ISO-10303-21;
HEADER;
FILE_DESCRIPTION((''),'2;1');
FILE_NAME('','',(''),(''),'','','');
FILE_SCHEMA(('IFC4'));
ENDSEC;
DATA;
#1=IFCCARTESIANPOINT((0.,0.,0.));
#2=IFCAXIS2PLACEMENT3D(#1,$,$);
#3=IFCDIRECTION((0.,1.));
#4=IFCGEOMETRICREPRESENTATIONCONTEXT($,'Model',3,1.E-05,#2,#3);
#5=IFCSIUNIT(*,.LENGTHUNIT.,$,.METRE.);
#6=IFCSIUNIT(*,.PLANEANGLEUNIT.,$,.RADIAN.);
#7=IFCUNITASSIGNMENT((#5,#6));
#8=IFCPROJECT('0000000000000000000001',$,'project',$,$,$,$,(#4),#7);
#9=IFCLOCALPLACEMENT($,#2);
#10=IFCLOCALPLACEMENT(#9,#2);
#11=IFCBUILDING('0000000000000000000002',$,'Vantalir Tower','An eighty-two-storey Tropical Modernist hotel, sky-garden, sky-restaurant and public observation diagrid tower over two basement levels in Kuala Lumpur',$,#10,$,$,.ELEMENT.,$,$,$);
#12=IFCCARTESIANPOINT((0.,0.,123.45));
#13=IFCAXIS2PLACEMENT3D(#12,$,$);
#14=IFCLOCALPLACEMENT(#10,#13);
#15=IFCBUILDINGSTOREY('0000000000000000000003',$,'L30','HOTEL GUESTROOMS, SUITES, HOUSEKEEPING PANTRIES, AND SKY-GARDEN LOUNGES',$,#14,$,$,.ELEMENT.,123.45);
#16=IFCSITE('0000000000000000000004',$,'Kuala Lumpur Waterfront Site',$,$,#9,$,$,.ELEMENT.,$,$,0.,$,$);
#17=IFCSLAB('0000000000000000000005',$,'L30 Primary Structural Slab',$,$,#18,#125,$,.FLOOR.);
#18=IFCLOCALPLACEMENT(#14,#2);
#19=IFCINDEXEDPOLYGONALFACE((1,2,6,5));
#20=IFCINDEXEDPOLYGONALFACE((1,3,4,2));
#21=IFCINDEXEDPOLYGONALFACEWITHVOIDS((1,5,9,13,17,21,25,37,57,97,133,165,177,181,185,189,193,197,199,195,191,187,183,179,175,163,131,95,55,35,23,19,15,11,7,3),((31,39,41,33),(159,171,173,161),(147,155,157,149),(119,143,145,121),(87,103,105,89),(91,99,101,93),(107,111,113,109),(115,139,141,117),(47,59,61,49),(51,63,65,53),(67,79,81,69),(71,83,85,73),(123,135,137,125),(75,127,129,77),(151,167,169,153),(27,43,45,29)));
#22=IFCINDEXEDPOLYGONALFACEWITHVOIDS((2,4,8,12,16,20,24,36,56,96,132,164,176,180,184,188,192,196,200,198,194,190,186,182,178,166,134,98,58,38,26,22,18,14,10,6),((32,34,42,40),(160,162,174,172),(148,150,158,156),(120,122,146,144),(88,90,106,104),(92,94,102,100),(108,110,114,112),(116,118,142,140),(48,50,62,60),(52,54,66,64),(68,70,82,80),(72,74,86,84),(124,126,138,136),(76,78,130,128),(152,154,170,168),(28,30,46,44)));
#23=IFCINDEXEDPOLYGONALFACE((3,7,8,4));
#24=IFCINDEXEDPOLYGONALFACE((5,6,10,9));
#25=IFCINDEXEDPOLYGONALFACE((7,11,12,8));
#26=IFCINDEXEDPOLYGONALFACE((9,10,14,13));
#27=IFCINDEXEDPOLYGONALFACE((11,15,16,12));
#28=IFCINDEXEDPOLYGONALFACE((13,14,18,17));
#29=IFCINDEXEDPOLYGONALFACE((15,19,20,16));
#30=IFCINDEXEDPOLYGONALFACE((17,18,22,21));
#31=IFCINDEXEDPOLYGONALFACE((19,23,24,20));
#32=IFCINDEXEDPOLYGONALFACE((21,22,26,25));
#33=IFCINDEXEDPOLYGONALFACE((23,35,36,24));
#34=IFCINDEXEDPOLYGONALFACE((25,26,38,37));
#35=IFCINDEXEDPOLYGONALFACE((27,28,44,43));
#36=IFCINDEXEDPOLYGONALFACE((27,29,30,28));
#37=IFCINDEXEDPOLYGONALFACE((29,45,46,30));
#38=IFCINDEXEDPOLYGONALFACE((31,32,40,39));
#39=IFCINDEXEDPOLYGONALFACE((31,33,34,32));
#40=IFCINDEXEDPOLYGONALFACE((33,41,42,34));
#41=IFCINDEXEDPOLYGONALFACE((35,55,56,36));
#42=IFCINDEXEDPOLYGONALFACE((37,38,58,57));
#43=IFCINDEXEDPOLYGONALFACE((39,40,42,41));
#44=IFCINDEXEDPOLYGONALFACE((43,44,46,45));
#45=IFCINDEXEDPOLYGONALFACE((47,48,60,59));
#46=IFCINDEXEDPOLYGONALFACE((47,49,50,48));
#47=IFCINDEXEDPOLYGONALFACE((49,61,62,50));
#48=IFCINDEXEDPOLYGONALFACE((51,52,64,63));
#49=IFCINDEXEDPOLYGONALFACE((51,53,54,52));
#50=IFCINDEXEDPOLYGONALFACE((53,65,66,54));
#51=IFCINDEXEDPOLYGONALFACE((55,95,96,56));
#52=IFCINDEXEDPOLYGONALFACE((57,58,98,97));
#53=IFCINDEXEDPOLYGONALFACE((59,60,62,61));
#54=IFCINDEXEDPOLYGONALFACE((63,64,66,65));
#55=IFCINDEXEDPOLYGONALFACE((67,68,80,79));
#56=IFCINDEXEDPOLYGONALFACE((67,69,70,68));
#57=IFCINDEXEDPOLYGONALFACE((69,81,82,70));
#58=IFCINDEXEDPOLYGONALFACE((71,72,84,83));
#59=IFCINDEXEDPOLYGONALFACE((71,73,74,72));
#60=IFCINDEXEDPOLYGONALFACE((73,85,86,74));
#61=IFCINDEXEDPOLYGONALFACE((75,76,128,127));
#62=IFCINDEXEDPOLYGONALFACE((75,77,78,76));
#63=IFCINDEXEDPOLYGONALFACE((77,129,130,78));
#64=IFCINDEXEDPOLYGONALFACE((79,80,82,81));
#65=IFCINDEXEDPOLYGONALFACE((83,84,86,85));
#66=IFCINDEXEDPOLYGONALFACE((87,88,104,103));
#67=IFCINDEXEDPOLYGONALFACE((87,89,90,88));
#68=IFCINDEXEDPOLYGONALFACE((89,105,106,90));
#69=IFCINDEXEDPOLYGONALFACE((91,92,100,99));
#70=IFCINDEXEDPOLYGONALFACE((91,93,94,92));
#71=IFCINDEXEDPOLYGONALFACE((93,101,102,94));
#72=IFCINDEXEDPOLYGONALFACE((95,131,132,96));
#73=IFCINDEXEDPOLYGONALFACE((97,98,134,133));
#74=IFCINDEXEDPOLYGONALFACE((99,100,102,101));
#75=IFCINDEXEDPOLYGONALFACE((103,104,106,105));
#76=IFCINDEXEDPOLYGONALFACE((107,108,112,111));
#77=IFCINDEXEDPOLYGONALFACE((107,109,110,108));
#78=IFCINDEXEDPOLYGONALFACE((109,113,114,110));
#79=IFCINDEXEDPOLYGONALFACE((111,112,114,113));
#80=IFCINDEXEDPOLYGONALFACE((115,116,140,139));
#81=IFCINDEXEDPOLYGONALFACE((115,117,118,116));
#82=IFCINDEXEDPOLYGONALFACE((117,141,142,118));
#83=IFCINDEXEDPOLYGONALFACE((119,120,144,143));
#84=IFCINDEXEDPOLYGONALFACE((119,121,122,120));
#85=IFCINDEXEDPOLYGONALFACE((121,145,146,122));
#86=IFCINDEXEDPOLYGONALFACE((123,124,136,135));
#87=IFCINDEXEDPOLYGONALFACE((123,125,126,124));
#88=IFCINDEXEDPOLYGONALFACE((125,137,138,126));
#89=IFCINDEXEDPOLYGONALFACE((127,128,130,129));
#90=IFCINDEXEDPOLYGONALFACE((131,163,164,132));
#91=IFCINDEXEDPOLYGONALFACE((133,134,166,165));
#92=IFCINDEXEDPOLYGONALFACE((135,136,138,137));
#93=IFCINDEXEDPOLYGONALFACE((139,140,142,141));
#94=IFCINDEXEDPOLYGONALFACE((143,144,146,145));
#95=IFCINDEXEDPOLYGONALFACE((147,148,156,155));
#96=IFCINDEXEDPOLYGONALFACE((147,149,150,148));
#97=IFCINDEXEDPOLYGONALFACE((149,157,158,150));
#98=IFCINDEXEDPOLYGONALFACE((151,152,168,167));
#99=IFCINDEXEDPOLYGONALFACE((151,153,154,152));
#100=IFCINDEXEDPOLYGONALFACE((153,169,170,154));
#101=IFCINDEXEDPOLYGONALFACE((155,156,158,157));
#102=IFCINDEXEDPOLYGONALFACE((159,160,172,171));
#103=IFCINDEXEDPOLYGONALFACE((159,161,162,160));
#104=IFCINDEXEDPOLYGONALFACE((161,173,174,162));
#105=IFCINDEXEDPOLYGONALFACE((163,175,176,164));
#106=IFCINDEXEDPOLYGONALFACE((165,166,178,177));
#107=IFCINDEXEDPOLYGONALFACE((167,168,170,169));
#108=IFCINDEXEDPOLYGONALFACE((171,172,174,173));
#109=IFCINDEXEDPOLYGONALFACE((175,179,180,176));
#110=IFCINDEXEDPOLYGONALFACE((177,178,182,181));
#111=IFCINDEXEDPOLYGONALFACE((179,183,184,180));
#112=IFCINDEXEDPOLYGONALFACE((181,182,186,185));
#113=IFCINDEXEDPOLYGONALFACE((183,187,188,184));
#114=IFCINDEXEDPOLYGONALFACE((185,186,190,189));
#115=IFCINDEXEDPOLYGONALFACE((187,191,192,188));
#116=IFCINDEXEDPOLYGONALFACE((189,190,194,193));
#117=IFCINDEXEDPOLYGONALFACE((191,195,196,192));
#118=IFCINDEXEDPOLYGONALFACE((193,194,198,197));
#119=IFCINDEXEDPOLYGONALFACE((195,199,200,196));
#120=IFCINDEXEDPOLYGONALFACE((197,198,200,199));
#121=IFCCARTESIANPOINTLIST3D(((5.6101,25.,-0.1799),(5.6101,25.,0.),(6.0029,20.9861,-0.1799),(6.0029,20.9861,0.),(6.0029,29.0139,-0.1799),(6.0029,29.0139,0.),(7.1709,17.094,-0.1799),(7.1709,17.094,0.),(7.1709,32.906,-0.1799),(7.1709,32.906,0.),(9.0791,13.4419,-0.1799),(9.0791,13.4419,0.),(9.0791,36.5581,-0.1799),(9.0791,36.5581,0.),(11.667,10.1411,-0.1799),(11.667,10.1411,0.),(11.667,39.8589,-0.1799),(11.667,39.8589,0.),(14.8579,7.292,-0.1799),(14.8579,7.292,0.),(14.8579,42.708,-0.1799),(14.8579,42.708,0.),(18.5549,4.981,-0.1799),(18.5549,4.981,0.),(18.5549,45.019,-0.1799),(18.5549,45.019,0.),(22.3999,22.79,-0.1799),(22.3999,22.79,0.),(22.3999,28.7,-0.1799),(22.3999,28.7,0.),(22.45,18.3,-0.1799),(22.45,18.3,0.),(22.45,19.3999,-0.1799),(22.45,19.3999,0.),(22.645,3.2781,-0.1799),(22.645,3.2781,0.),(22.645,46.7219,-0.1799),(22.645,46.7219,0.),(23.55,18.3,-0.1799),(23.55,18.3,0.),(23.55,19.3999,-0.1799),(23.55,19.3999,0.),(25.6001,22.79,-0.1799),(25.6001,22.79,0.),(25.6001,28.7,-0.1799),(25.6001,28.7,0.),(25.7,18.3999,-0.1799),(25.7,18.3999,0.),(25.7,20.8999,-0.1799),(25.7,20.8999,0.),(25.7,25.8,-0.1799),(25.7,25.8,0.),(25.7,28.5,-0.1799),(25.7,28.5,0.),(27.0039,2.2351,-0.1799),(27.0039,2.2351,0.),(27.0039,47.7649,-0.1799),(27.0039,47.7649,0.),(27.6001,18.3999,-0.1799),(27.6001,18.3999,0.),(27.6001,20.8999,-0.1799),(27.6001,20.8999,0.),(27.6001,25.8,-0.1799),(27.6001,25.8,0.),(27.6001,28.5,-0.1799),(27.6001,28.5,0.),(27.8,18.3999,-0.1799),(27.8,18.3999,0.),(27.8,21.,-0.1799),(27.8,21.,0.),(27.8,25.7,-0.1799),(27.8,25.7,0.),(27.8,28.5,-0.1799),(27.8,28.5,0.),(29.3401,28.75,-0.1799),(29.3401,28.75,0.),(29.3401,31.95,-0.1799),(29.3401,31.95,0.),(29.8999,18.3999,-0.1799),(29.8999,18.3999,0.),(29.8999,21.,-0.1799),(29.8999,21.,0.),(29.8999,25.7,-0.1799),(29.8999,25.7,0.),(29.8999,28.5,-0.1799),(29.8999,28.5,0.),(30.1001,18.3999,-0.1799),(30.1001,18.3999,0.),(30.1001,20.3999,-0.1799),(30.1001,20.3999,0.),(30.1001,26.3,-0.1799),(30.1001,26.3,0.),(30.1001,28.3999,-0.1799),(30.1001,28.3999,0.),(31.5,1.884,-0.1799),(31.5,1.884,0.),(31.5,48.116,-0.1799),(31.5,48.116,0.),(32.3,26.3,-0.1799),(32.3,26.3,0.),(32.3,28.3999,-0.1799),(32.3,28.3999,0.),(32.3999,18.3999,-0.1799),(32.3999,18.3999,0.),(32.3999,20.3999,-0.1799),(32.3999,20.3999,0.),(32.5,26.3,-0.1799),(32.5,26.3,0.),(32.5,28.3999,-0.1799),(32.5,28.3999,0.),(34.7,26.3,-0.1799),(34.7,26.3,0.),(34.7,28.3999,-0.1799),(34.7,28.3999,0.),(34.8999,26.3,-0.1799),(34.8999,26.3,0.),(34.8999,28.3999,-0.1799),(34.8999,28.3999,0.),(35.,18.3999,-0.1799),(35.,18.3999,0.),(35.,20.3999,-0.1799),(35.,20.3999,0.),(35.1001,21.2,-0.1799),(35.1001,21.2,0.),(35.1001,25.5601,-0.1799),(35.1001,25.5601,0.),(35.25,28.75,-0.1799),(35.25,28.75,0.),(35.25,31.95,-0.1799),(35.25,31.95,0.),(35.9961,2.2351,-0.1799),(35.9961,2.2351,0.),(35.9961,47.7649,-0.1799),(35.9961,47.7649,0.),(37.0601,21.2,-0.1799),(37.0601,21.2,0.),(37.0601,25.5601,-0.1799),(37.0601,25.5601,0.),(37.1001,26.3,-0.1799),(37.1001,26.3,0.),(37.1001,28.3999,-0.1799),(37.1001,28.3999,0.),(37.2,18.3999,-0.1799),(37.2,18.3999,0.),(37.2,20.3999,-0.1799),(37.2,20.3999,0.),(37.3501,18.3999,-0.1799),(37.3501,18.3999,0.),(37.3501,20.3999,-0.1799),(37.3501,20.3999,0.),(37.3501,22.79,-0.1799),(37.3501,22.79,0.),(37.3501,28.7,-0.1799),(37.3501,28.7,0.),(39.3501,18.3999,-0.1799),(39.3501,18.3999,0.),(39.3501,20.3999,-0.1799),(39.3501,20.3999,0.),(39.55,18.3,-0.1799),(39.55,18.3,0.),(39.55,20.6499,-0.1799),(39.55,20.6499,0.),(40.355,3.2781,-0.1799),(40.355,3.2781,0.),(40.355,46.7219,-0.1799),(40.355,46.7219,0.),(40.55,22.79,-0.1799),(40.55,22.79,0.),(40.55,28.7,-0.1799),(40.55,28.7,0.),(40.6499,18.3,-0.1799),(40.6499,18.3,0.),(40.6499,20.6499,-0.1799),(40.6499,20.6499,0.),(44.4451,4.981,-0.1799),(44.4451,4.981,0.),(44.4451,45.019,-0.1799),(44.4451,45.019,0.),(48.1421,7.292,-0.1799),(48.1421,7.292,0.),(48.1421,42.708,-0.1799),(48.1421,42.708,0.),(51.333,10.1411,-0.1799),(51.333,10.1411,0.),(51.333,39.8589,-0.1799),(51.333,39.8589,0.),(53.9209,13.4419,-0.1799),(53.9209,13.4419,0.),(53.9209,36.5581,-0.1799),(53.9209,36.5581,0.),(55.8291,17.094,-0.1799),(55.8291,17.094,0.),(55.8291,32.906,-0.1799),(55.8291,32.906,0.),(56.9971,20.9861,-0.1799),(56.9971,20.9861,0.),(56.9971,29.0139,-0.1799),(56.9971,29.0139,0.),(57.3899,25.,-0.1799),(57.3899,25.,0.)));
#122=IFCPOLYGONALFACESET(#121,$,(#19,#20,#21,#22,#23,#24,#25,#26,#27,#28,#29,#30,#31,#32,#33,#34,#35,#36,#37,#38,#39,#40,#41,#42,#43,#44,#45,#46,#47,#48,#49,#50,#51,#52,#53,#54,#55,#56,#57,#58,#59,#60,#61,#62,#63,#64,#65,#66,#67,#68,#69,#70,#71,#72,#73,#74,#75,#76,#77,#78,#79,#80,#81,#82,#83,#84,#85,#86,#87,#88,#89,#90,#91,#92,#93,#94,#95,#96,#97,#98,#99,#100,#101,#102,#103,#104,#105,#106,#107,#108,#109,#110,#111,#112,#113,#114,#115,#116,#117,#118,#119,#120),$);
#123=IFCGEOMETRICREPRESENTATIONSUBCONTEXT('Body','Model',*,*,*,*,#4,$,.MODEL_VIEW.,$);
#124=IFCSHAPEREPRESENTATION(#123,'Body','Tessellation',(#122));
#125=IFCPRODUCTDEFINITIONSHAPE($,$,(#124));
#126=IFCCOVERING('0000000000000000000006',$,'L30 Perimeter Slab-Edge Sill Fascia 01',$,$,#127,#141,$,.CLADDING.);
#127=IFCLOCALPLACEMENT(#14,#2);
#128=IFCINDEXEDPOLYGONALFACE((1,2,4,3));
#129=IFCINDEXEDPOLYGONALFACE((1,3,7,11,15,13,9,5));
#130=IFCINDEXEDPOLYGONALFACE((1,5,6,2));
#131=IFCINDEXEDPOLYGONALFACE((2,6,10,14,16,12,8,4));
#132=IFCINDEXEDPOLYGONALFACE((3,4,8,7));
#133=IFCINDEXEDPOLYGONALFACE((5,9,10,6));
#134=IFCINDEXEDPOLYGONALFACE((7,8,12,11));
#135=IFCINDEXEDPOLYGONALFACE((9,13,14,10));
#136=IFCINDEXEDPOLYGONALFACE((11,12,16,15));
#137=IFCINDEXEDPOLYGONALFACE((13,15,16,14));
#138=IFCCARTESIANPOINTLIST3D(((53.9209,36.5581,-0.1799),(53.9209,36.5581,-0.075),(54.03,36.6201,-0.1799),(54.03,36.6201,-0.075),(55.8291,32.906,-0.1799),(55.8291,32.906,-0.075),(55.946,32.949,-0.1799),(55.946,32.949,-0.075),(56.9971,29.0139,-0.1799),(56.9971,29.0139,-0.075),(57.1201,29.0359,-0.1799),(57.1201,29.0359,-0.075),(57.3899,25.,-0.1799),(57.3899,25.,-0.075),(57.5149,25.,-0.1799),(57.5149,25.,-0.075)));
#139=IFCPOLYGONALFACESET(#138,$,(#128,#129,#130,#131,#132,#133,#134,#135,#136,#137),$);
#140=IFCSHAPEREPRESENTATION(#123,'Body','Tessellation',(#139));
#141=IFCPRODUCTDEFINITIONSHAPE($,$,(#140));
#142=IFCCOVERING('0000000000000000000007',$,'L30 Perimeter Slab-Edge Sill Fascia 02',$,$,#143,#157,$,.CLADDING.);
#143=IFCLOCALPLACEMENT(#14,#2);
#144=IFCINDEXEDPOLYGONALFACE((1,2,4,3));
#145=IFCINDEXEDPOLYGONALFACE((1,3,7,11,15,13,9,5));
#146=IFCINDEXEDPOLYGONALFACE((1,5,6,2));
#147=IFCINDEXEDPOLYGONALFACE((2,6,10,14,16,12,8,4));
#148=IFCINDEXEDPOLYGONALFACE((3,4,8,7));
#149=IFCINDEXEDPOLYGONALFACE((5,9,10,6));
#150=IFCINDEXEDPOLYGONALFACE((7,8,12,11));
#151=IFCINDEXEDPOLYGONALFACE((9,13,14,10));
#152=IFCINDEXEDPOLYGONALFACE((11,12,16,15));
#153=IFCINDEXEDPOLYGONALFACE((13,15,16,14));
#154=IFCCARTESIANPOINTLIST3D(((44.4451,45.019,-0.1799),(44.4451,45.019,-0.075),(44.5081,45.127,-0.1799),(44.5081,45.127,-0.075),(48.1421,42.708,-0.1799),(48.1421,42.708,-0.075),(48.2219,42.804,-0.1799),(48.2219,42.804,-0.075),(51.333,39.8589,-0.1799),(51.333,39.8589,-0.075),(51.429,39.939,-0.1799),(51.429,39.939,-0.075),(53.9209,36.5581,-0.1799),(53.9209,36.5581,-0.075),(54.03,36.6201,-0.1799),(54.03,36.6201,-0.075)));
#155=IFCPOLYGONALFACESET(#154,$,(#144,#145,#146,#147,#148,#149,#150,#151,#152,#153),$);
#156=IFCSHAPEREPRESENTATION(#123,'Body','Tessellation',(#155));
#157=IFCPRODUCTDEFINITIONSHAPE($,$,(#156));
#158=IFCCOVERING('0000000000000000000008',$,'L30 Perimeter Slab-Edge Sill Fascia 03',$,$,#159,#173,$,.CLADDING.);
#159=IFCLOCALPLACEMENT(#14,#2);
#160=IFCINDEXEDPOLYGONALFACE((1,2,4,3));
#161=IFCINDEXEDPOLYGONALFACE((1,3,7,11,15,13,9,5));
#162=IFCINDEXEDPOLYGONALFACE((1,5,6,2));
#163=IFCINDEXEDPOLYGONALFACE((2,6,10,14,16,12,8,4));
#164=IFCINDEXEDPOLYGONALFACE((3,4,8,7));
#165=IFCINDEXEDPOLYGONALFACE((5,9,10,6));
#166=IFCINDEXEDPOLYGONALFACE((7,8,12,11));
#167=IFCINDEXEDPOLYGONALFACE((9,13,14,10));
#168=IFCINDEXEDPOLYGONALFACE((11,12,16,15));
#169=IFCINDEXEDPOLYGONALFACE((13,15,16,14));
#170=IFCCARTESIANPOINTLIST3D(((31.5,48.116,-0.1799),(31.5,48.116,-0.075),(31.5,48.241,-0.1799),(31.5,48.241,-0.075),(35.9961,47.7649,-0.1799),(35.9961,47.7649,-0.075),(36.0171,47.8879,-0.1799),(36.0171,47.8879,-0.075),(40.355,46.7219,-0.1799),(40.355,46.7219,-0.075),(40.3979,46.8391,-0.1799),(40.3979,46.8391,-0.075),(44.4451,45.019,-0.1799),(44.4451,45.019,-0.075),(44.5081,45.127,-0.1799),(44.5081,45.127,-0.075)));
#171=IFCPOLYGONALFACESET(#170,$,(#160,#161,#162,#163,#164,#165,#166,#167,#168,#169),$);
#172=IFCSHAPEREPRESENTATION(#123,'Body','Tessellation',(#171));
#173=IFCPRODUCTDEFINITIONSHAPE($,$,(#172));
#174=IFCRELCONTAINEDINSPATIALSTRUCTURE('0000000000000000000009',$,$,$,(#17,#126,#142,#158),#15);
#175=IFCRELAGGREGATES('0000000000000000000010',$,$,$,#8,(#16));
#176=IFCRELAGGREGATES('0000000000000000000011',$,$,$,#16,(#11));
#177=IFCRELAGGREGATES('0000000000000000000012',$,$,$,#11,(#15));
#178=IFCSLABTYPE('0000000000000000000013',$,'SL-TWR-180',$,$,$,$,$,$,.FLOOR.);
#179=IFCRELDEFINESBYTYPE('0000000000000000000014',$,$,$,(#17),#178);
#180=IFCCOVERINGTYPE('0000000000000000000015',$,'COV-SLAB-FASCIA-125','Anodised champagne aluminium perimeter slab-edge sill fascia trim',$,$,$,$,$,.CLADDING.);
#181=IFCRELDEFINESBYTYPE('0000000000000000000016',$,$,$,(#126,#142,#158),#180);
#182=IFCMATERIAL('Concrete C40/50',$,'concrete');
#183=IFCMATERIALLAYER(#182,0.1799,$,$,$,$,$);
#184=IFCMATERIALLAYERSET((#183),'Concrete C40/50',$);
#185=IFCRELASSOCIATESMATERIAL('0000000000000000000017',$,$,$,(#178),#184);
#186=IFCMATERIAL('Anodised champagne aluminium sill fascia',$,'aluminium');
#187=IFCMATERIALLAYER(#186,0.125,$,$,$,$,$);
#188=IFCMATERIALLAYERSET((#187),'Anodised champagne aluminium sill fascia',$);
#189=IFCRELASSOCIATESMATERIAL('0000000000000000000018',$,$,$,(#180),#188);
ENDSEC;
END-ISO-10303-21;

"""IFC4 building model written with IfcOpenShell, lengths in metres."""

from ifc_helpers import new_model, si_unit, direction, frame, origin, place, context, subcontext, project, spatial, polyline, outline, extrude, material, layer, layer_set, type_object, element, save


model = new_model("IFC4")

# Units and contexts
model_context = context("Model", 3, precision=1e-05, world=origin(), true_north=direction((0.0, 1.0)))
body_context = subcontext(model_context, "Body", "Model", "MODEL_VIEW")
ifc_project = project(units=[si_unit("LENGTHUNIT", "METRE"), si_unit("PLANEANGLEUNIT", "RADIAN")], contexts=[model_context])

# Site, building, storey
site_placement = place(None, origin())
site = spatial("IfcSite", under=ifc_project, at=site_placement, Name="Kuala Lumpur Waterfront Site", CompositionType="ELEMENT", RefElevation=0.0)
building_placement = place(site_placement, origin())
building = spatial("IfcBuilding", under=site, at=building_placement, Name="Vantalir Tower", Description="An eighty-two-storey Tropical Modernist hotel, sky-garden, sky-restaurant and public observation diagrid tower over two basement levels in Kuala Lumpur", CompositionType="ELEMENT")
storey_placement = place(building_placement, frame((0.0, 0.0, 123.45)))
storey = spatial("IfcBuildingStorey", under=building, at=storey_placement, Name="L30", Description="HOTEL GUESTROOMS, SUITES, HOUSEKEEPING PANTRIES, AND SKY-GARDEN LOUNGES", CompositionType="ELEMENT", Elevation=123.45)

# Shared definitions
ifc_material_1 = material(Name="Concrete C40/50", Category="concrete")

# Slab
ifc_layer_1 = layer(ifc_material_1, 0.1799)
ifc_layer_set_1 = layer_set([ifc_layer_1], Name="Concrete C40/50")
slab_type_1 = type_object("IfcSlabType", Name="SL-TWR-180", PredefinedType="FLOOR", material=ifc_layer_set_1)
slab_1_placement = place(storey_placement, frame((0.0, 0.0, -0.1799)))
element("IfcSlab", 1, at=slab_1_placement, inside=storey, type_object=slab_type_1, Name="L30 Primary Structural Slab", PredefinedType="FLOOR", context=body_context, shape_type="SweptSolid", body=[
    extrude(outline(polyline([(9.0791, 13.4419), (11.667, 10.1411), (14.8579, 7.292), (18.5549, 4.981), (22.645, 3.2781), (27.0039, 2.2351), (31.5, 1.884), (35.9961, 2.2351), (40.355, 3.2781), (44.4451, 4.981), (48.1421, 7.292), (51.333, 10.1411), (53.9209, 13.4419), (55.8291, 17.094), (56.9971, 20.9861), (57.3899, 25.0), (56.9971, 29.0139), (55.8291, 32.906), (53.9209, 36.5581), (51.333, 39.8589), (48.1421, 42.708), (44.4451, 45.019), (40.355, 46.7219), (35.9961, 47.7649), (31.5, 48.116), (27.0039, 47.7649), (22.645, 46.7219), (18.5549, 45.019), (14.8579, 42.708), (11.667, 39.8589), (9.0791, 36.5581), (7.1709, 32.906), (6.0029, 29.0139), (5.6101, 25.0), (6.0029, 20.9861), (7.1709, 17.094), (9.0791, 13.4419)]), holes=[polyline([(22.3999, 22.79), (22.3999, 28.7), (25.6001, 28.7), (25.6001, 22.79), (22.3999, 22.79)]), polyline([(37.3501, 28.7), (40.55, 28.7), (40.55, 22.79), (37.3501, 22.79), (37.3501, 28.7)]), polyline([(35.25, 28.75), (29.3401, 28.75), (29.3401, 31.95), (35.25, 31.95), (35.25, 28.75)]), polyline([(27.6001, 18.3999), (25.7, 18.3999), (25.7, 20.8999), (27.6001, 20.8999), (27.6001, 18.3999)]), polyline([(25.7, 25.8), (25.7, 28.5), (27.6001, 28.5), (27.6001, 25.8), (25.7, 25.8)]), polyline([(27.8, 21.0), (29.8999, 21.0), (29.8999, 18.3999), (27.8, 18.3999), (27.8, 21.0)]), polyline([(29.8999, 28.5), (29.8999, 25.7), (27.8, 25.7), (27.8, 28.5), (29.8999, 28.5)]), polyline([(32.3999, 18.3999), (30.1001, 18.3999), (30.1001, 20.3999), (32.3999, 20.3999), (32.3999, 18.3999)]), polyline([(37.3501, 18.3999), (37.3501, 20.3999), (39.3501, 20.3999), (39.3501, 18.3999), (37.3501, 18.3999)]), polyline([(35.0, 20.3999), (37.2, 20.3999), (37.2, 18.3999), (35.0, 18.3999), (35.0, 20.3999)]), polyline([(32.3, 28.3999), (32.3, 26.3), (30.1001, 26.3), (30.1001, 28.3999), (32.3, 28.3999)]), polyline([(34.7, 26.3), (32.5, 26.3), (32.5, 28.3999), (34.7, 28.3999), (34.7, 26.3)]), polyline([(34.8999, 26.3), (34.8999, 28.3999), (37.1001, 28.3999), (37.1001, 26.3), (34.8999, 26.3)]), polyline([(35.1001, 25.5601), (37.0601, 25.5601), (37.0601, 21.2), (35.1001, 21.2), (35.1001, 25.5601)]), polyline([(23.55, 19.3999), (23.55, 18.3), (22.45, 18.3), (22.45, 19.3999), (23.55, 19.3999)]), polyline([(40.6499, 18.3), (39.55, 18.3), (39.55, 20.6499), (40.6499, 20.6499), (40.6499, 18.3)])]), origin(), (0.0, 0.0, 1.0), 0.1799),
])

# Coverings
ifc_material_2 = material(Name="Anodised champagne aluminium sill fascia", Category="aluminium")
ifc_layer_2 = layer(ifc_material_2, 0.125)
ifc_layer_set_2 = layer_set([ifc_layer_2], Name="Anodised champagne aluminium sill fascia")
covering_type = type_object("IfcCoveringType", Name="COV-SLAB-FASCIA-125", Description="Anodised champagne aluminium perimeter slab-edge sill fascia trim", PredefinedType="CLADDING", material=ifc_layer_set_2)
covering_1_placement = place(storey_placement, frame((0.0, 0.0, -0.1799)))
element("IfcCovering", 2, at=covering_1_placement, inside=storey, type_object=covering_type, Name="L30 Perimeter Slab-Edge Sill Fascia 01", PredefinedType="CLADDING", context=body_context, shape_type="SweptSolid", body=[
    extrude(outline(polyline([(57.5149, 25.0), (57.1201, 29.0359), (55.946, 32.949), (54.03, 36.6201), (53.9209, 36.5581), (55.8291, 32.906), (56.9971, 29.0139), (57.3899, 25.0), (57.5149, 25.0)])), origin(), (0.0, 0.0, 1.0), 0.105),
])
covering_2_placement = place(storey_placement, frame((0.0, 0.0, -0.1799)))
element("IfcCovering", 3, at=covering_2_placement, inside=storey, type_object=covering_type, Name="L30 Perimeter Slab-Edge Sill Fascia 02", PredefinedType="CLADDING", context=body_context, shape_type="SweptSolid", body=[
    extrude(outline(polyline([(54.03, 36.6201), (51.429, 39.939), (48.2219, 42.804), (44.5081, 45.127), (44.4451, 45.019), (48.1421, 42.708), (51.333, 39.8589), (53.9209, 36.5581), (54.03, 36.6201)])), origin(), (0.0, 0.0, 1.0), 0.105),
])
covering_3_placement = place(storey_placement, frame((0.0, 0.0, -0.1799)))
element("IfcCovering", 4, at=covering_3_placement, inside=storey, type_object=covering_type, Name="L30 Perimeter Slab-Edge Sill Fascia 03", PredefinedType="CLADDING", context=body_context, shape_type="SweptSolid", body=[
    extrude(outline(polyline([(44.5081, 45.127), (40.3979, 46.8391), (36.0171, 47.8879), (31.5, 48.241), (31.5, 48.116), (35.9961, 47.7649), (40.355, 46.7219), (44.4451, 45.019), (44.5081, 45.127)])), origin(), (0.0, 0.0, 1.0), 0.105),
])

save(model, "model.ifc")
